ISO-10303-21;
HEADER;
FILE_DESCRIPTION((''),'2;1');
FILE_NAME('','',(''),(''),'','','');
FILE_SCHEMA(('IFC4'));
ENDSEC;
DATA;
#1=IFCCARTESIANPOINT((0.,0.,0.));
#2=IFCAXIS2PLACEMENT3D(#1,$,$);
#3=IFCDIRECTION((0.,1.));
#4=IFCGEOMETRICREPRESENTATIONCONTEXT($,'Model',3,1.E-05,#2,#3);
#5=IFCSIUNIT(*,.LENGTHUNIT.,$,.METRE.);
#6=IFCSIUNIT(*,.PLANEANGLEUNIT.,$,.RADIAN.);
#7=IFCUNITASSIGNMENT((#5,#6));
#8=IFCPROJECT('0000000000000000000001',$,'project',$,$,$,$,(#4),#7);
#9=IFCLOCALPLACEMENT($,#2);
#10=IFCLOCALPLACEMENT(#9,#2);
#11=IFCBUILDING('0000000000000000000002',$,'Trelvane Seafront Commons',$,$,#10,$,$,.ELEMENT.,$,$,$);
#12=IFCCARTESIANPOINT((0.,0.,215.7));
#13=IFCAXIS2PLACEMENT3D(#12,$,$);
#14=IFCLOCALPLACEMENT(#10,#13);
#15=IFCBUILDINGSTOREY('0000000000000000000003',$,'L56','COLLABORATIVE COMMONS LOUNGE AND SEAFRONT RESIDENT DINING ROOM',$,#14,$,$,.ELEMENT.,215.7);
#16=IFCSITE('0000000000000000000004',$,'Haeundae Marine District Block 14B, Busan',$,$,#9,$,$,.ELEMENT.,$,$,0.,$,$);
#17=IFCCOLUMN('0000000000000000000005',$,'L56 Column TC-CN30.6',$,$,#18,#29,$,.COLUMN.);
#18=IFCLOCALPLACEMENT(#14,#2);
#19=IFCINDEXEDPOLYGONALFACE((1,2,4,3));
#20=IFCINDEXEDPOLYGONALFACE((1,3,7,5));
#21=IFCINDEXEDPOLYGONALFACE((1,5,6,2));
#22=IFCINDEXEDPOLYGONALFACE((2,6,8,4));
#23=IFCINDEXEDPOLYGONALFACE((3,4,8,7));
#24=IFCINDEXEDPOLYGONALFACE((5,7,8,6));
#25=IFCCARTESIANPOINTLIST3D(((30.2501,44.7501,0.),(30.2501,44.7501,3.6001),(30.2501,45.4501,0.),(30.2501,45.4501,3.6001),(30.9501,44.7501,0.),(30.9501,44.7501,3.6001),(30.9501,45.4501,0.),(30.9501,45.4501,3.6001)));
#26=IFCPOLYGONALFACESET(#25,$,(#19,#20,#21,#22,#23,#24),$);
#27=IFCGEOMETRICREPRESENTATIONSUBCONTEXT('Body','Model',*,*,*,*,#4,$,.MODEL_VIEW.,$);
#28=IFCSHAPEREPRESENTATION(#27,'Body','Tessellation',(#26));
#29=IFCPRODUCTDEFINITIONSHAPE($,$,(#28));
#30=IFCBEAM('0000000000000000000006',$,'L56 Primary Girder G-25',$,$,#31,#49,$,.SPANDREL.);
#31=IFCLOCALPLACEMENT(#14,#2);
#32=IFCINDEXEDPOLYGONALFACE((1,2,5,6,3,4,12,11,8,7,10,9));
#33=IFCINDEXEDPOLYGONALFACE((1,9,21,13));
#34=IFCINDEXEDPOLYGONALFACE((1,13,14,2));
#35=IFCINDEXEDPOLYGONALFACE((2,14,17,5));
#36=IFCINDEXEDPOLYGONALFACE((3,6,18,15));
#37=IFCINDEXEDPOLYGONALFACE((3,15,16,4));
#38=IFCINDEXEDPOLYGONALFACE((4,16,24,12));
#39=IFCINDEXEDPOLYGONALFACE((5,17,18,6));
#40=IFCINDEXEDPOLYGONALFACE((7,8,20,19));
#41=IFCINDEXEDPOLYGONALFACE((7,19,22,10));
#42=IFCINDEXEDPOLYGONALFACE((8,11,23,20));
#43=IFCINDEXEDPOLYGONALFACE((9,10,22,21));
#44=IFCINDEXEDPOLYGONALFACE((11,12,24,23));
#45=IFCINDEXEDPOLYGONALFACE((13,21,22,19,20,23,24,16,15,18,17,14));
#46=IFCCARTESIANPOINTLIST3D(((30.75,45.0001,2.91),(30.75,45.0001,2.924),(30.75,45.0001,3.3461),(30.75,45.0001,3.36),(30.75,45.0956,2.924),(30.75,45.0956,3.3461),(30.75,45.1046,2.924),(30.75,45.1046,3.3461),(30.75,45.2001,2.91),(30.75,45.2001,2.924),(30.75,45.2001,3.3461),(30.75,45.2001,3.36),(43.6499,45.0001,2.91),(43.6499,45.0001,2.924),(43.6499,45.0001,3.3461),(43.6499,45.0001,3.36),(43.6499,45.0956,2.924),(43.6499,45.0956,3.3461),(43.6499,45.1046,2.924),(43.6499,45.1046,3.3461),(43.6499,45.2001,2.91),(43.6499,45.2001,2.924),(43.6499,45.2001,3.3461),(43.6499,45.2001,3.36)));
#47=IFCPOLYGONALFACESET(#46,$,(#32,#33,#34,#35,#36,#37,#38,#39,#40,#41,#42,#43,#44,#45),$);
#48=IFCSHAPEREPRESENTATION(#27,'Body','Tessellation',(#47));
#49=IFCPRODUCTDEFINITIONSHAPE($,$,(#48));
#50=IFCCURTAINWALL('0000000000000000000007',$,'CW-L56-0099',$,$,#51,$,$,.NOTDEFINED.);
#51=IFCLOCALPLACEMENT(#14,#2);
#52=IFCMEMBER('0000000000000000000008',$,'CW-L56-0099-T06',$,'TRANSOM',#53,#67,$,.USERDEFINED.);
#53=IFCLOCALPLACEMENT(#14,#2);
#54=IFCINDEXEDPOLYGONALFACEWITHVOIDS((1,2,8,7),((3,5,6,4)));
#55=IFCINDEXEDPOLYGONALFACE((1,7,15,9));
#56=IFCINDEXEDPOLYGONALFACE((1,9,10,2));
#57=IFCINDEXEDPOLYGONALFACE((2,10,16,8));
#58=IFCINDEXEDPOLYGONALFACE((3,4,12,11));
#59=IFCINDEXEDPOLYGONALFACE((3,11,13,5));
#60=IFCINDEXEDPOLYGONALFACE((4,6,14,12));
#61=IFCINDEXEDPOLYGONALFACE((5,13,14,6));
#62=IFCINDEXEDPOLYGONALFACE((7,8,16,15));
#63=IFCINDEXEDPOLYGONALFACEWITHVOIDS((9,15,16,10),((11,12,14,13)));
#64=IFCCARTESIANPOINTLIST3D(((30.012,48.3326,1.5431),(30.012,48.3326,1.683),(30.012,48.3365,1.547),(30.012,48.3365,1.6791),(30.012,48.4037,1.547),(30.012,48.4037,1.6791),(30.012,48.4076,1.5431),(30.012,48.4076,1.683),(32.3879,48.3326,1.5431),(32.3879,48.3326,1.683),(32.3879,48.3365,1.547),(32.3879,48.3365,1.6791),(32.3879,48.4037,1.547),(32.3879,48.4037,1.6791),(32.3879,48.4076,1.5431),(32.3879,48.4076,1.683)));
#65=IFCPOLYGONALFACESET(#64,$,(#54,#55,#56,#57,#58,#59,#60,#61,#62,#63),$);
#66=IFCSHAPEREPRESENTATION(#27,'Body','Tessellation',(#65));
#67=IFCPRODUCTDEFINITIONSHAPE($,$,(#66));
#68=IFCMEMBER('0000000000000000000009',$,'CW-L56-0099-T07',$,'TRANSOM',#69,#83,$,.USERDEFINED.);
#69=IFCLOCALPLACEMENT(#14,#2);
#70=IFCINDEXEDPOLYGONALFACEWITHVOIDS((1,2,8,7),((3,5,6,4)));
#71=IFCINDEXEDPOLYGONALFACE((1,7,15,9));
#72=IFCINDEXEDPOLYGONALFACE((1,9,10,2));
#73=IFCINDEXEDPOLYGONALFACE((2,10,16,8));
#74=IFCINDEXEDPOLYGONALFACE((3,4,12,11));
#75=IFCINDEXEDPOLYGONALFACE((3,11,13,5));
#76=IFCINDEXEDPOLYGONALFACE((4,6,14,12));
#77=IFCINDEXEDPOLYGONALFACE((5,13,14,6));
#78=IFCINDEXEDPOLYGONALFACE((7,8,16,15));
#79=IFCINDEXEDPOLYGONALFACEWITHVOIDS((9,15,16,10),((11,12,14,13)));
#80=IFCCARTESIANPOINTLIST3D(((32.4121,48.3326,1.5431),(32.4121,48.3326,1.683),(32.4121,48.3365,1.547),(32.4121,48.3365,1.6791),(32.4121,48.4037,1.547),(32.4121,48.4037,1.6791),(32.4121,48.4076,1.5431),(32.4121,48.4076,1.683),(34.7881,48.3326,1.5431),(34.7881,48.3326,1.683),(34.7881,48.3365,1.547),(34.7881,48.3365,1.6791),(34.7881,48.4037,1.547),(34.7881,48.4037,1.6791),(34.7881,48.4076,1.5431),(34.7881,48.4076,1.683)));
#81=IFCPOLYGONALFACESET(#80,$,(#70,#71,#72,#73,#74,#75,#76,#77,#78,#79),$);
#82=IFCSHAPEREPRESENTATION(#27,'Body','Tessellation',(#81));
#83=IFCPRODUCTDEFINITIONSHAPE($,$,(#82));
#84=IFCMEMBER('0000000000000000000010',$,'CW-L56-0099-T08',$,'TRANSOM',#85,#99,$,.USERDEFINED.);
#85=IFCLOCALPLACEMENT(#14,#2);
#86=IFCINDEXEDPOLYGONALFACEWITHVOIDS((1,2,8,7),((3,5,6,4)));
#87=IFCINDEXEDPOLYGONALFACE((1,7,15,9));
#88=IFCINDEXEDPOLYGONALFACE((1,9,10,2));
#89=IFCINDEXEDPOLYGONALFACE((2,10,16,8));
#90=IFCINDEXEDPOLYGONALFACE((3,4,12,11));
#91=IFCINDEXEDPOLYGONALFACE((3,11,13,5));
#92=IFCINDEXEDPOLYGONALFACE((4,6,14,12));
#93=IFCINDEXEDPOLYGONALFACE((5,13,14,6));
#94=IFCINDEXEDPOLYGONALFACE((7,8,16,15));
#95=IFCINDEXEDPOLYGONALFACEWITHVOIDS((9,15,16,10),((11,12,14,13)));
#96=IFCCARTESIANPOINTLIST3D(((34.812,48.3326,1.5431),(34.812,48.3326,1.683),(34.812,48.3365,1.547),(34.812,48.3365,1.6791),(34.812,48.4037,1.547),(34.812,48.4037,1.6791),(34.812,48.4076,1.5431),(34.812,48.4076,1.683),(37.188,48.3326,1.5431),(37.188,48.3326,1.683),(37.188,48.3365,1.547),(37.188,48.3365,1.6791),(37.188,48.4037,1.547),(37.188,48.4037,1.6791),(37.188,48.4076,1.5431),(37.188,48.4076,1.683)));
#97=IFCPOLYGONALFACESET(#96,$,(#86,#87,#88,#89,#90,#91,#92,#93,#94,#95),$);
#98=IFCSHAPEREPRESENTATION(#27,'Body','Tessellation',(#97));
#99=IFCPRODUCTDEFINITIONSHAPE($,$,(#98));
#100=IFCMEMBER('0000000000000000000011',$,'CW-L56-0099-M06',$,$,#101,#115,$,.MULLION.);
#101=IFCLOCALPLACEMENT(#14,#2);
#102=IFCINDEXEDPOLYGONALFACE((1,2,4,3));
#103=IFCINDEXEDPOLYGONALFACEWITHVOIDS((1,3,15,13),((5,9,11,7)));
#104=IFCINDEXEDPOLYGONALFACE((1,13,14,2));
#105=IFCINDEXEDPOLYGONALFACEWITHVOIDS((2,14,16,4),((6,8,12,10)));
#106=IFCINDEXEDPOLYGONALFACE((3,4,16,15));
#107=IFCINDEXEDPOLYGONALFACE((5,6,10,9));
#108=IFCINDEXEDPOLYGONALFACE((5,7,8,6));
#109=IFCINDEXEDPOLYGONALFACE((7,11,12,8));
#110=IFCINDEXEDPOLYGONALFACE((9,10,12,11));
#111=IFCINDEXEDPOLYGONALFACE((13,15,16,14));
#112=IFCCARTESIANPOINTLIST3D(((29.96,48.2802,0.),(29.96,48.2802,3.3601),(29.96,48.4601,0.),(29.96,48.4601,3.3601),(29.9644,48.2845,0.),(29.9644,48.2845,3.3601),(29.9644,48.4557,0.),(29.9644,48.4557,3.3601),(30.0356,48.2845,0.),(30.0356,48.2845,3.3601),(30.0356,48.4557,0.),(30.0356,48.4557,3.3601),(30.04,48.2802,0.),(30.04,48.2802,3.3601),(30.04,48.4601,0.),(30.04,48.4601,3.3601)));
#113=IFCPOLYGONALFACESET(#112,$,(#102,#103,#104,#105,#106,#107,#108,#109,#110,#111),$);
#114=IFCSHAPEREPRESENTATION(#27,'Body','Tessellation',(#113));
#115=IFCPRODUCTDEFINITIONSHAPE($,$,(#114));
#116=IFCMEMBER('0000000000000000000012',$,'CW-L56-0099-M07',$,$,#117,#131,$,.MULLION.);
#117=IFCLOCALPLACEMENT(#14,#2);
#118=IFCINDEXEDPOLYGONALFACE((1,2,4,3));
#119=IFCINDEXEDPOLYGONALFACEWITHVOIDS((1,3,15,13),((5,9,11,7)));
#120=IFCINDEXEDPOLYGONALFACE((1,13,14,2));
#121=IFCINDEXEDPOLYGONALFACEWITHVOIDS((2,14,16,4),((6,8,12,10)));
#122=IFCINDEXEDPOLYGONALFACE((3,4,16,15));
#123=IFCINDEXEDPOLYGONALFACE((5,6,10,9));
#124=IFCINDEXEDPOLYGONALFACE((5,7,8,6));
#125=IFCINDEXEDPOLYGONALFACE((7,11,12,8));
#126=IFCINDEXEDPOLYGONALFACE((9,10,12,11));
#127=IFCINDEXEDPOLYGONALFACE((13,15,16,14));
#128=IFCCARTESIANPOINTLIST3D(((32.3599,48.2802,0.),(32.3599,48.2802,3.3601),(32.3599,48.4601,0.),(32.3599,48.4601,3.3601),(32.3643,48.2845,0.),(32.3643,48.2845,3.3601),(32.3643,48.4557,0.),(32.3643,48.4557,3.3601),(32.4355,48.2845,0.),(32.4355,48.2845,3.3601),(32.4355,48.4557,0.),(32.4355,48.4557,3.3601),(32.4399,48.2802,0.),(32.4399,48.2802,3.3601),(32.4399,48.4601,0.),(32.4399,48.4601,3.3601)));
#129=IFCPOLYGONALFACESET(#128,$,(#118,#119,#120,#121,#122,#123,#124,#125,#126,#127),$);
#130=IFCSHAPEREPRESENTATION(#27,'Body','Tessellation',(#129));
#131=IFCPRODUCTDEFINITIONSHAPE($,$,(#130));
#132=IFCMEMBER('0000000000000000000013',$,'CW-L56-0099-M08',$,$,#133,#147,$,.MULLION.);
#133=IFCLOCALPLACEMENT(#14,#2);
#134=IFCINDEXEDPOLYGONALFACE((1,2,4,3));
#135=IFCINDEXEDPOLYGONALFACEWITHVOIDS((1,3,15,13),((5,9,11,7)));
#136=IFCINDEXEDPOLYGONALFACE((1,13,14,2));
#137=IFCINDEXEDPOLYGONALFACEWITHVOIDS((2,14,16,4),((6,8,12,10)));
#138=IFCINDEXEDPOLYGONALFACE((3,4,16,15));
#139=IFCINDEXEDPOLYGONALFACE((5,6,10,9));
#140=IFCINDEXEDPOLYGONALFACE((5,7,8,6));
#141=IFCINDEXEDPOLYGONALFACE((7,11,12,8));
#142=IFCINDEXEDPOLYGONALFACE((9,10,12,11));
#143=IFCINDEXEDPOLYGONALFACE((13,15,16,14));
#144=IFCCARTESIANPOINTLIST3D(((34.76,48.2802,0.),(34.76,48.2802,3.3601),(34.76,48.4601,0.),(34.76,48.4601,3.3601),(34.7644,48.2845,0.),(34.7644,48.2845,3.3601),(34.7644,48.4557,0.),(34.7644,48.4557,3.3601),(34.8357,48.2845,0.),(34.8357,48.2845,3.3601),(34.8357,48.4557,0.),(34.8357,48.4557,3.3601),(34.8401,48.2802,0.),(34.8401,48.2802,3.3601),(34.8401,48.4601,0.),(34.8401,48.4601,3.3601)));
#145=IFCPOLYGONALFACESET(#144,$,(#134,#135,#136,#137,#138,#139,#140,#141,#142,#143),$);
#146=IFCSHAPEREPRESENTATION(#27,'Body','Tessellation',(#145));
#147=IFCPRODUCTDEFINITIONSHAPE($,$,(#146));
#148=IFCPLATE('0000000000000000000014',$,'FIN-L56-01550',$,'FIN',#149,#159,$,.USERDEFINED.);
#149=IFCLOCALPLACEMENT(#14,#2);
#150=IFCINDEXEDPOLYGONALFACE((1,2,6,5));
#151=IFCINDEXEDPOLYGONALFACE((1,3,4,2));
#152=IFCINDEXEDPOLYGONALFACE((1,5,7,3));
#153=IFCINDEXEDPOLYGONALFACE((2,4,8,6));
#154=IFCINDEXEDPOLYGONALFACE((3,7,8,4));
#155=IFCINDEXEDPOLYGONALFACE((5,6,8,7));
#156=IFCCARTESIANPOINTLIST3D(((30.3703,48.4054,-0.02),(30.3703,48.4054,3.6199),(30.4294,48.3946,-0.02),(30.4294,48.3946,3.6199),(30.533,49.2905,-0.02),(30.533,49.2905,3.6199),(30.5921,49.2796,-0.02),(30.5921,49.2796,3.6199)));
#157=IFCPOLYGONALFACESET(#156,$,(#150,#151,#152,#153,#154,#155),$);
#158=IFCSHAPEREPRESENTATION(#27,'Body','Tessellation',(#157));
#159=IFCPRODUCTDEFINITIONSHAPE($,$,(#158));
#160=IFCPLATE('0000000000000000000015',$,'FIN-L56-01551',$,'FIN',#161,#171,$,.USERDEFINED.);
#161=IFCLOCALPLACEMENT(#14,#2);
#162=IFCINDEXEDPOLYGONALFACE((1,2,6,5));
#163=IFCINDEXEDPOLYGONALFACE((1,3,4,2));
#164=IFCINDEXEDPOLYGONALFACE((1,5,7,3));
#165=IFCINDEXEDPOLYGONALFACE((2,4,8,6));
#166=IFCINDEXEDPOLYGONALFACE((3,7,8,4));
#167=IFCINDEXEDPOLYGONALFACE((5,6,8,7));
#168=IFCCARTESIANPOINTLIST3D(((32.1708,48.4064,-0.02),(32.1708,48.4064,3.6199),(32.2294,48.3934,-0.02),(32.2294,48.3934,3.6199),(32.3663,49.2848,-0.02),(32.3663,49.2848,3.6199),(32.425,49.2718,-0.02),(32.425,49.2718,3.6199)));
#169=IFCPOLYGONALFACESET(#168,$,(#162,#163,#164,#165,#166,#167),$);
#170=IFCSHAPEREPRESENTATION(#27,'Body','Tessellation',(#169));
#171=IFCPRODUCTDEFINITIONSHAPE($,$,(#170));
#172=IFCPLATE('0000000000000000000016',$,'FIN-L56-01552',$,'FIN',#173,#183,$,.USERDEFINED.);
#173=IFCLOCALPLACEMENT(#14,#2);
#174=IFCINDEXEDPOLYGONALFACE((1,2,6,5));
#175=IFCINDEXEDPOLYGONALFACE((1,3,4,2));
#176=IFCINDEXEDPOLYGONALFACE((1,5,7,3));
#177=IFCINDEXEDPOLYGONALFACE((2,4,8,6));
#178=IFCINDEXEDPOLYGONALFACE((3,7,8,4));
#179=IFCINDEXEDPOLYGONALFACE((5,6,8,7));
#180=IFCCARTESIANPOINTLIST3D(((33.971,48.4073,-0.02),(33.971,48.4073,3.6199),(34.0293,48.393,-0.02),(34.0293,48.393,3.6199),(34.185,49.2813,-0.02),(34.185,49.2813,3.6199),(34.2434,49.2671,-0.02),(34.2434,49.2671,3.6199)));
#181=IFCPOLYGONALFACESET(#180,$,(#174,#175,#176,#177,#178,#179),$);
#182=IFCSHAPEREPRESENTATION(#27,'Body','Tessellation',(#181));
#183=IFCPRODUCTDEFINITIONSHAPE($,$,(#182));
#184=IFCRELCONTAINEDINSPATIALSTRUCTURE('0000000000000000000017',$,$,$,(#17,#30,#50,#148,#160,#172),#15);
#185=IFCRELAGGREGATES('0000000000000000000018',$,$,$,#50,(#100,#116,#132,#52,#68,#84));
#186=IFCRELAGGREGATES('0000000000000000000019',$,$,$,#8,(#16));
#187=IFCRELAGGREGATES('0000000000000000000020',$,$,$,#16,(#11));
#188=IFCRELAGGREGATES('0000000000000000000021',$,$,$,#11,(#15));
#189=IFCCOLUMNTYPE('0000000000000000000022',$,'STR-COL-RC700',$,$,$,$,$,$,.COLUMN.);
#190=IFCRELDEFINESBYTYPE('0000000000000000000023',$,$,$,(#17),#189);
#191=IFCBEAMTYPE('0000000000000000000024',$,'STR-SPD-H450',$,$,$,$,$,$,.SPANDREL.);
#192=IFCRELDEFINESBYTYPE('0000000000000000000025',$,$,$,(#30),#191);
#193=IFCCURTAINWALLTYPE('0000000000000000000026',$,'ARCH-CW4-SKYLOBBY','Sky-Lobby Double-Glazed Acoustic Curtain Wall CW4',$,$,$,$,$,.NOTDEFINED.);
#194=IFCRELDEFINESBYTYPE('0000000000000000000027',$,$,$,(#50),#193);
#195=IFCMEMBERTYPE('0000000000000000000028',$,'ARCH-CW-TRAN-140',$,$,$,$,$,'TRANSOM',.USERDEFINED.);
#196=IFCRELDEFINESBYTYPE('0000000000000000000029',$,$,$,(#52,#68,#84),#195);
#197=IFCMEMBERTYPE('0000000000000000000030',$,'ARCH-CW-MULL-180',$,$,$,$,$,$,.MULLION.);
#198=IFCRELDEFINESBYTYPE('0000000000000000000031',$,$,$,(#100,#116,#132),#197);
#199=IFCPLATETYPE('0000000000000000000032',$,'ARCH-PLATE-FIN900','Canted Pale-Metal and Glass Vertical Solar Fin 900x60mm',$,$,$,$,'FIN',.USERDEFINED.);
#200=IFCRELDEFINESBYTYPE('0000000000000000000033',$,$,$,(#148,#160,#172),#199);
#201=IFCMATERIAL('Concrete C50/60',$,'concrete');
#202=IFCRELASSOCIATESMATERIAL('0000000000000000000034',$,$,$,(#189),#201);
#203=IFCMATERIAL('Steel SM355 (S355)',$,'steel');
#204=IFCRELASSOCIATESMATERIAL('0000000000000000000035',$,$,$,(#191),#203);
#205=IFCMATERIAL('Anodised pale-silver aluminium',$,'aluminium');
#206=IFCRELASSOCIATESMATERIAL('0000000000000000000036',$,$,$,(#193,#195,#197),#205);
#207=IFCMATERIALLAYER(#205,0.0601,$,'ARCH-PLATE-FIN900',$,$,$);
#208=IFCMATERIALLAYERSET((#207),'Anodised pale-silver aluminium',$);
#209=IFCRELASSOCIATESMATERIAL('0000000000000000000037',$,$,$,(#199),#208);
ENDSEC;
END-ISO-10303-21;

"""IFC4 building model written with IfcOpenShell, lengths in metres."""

from ifc_helpers import new_model, si_unit, direction, frame, origin, origin_2d, place, context, subcontext, project, spatial, rectangle, hollow_rectangle, i_section, extrude, source, transform, mapped, material, layer, layer_set, material_profile, profile_set, type_object, element, aggregate, save


model = new_model("IFC4")

# Units and contexts
model_context = context("Model", 3, precision=1e-05, world=origin(), true_north=direction((0.0, 1.0)))
body_context = subcontext(model_context, "Body", "Model", "MODEL_VIEW")
ifc_project = project(units=[si_unit("LENGTHUNIT", "METRE"), si_unit("PLANEANGLEUNIT", "RADIAN")], contexts=[model_context])

# Site, building, storey
site_placement = place(None, origin())
site = spatial("IfcSite", under=ifc_project, at=site_placement, Name="Haeundae Marine District Block 14B, Busan", CompositionType="ELEMENT", RefElevation=0.0)
building_placement = place(site_placement, origin())
building = spatial("IfcBuilding", under=site, at=building_placement, Name="Trelvane Seafront Commons", CompositionType="ELEMENT")
storey_placement = place(building_placement, frame((0.0, 0.0, 215.7)))
storey = spatial("IfcBuildingStorey", under=building, at=storey_placement, Name="L56", Description="COLLABORATIVE COMMONS LOUNGE AND SEAFRONT RESIDENT DINING ROOM", CompositionType="ELEMENT", Elevation=215.7)

# Column
ifc_material_1 = material(Name="Concrete C50/60", Category="concrete")
ifc_material_profile_1 = material_profile(ifc_material_1, rectangle(XDim=0.7, YDim=0.7, at=origin_2d()), Name="RC-700x700")
ifc_profile_set_1 = profile_set([ifc_material_profile_1], Name="Concrete C50/60")
column_type = type_object("IfcColumnType", Name="STR-COL-RC700", PredefinedType="COLUMN", material=ifc_profile_set_1)
shared_shape_1 = source(origin(), body_context, "Body", "SweptSolid", [
    extrude(rectangle(XDim=0.7, YDim=0.7, at=origin_2d()), origin(), (0.0, 0.0, 1.0), 3.6001),
])
column_placement = place(storey_placement, frame((30.6001, 45.1001, 0.0), z_axis=(0.0, 0.0, 1.0), x_axis=(1.0, 0.0, 0.0)))
element("IfcColumn", 1, at=column_placement, inside=storey, type_object=column_type, Name="L56 Column TC-CN30.6", PredefinedType="COLUMN", context=body_context, shape_type="MappedRepresentation", body=[
    mapped(shared_shape_1, transform((0.0, 0.0, 0.0), x_axis=(1.0, 0.0, 0.0), y_axis=(0.0, 1.0, 0.0), z_axis=(0.0, 0.0, 1.0), scale=1.0)),
])

# Beam
ifc_material_2 = material(Name="Steel SM355 (S355)", Category="steel")
ifc_material_profile_2 = material_profile(ifc_material_2, i_section(OverallWidth=0.2, OverallDepth=0.45, WebThickness=0.009, FlangeThickness=0.0139, at=origin_2d()), Name="H-450x200x9x14")
ifc_profile_set_2 = profile_set([ifc_material_profile_2], Name="Steel SM355 (S355)")
beam_type = type_object("IfcBeamType", Name="STR-SPD-H450", PredefinedType="SPANDREL", material=ifc_profile_set_2)
shared_shape_2 = source(origin(), body_context, "Body", "SweptSolid", [
    extrude(i_section(OverallWidth=0.2, OverallDepth=0.45, WebThickness=0.009, FlangeThickness=0.0139, at=origin_2d()), origin(), (0.0, 0.0, 1.0), 12.8999),
])
beam_placement = place(storey_placement, frame((30.75, 45.1001, 3.135), z_axis=(1.0, 0.0, 0.0), x_axis=(0.0, 1.0, 0.0)))
element("IfcBeam", 2, at=beam_placement, inside=storey, type_object=beam_type, Name="L56 Primary Girder G-25", PredefinedType="SPANDREL", context=body_context, shape_type="MappedRepresentation", body=[
    mapped(shared_shape_2, transform((0.0, 0.0, 0.0), x_axis=(1.0, 0.0, 0.0), y_axis=(0.0, 1.0, 0.0), z_axis=(0.0, 0.0, 1.0), scale=1.0)),
])

# Curtain wall, members
ifc_material_3 = material(Name="Anodised pale-silver aluminium", Category="aluminium")
curtain_wall_type = type_object("IfcCurtainWallType", Name="ARCH-CW4-SKYLOBBY", Description="Sky-Lobby Double-Glazed Acoustic Curtain Wall CW4", PredefinedType="NOTDEFINED", material=ifc_material_3)
curtain_wall_placement = place(storey_placement, origin())
curtain_wall = element("IfcCurtainWall", 3, at=curtain_wall_placement, inside=storey, type_object=curtain_wall_type, Name="CW-L56-0099", PredefinedType="NOTDEFINED")
ifc_material_profile_3 = material_profile(ifc_material_3, hollow_rectangle(XDim=0.075, YDim=0.1399, WallThickness=0.0039, at=origin_2d()), Name="TRAN-75x140x4")
ifc_profile_set_3 = profile_set([ifc_material_profile_3], Name="Anodised pale-silver aluminium")
member_type_1 = type_object("IfcMemberType", Name="ARCH-CW-TRAN-140", ElementType="TRANSOM", PredefinedType="USERDEFINED", material=ifc_profile_set_3)
shared_shape_3 = source(origin(), body_context, "Body", "SweptSolid", [
    extrude(hollow_rectangle(XDim=0.075, YDim=0.1399, WallThickness=0.0039, at=origin_2d()), origin(), (0.0, 0.0, 1.0), 2.376),
])
member_1_placement = place(storey_placement, frame((30.012, 48.3701, 1.613), z_axis=(1.0, 0.0, 0.0), x_axis=(0.0, 1.0, 0.0)))
member_1 = element("IfcMember", 4, at=member_1_placement, type_object=member_type_1, Name="CW-L56-0099-T06", ObjectType="TRANSOM", PredefinedType="USERDEFINED", context=body_context, shape_type="MappedRepresentation", body=[
    mapped(shared_shape_3, transform((0.0, 0.0, 0.0), x_axis=(1.0, 0.0, 0.0), y_axis=(0.0, 1.0, 0.0), z_axis=(0.0, 0.0, 1.0), scale=1.0)),
])
member_2_placement = place(storey_placement, frame((32.4121, 48.3701, 1.613), z_axis=(1.0, 0.0, 0.0), x_axis=(0.0, 1.0, 0.0)))
member_2 = element("IfcMember", 5, at=member_2_placement, type_object=member_type_1, Name="CW-L56-0099-T07", ObjectType="TRANSOM", PredefinedType="USERDEFINED", context=body_context, shape_type="MappedRepresentation", body=[
    mapped(shared_shape_3, transform((0.0, 0.0, 0.0), x_axis=(1.0, 0.0, 0.0), y_axis=(0.0, 1.0, 0.0), z_axis=(0.0, 0.0, 1.0), scale=1.0)),
])
member_3_placement = place(storey_placement, frame((34.812, 48.3701, 1.613), z_axis=(1.0, 0.0, 0.0), x_axis=(0.0, 1.0, 0.0)))
member_3 = element("IfcMember", 6, at=member_3_placement, type_object=member_type_1, Name="CW-L56-0099-T08", ObjectType="TRANSOM", PredefinedType="USERDEFINED", context=body_context, shape_type="MappedRepresentation", body=[
    mapped(shared_shape_3, transform((0.0, 0.0, 0.0), x_axis=(1.0, 0.0, 0.0), y_axis=(0.0, 1.0, 0.0), z_axis=(0.0, 0.0, 1.0), scale=1.0)),
])
ifc_material_profile_4 = material_profile(ifc_material_3, hollow_rectangle(XDim=0.0801, YDim=0.1799, WallThickness=0.0044, at=origin_2d()), Name="MULL-80x180x4.5")
ifc_profile_set_4 = profile_set([ifc_material_profile_4], Name="Anodised pale-silver aluminium")
member_type_2 = type_object("IfcMemberType", Name="ARCH-CW-MULL-180", PredefinedType="MULLION", material=ifc_profile_set_4)
shared_shape_4 = source(origin(), body_context, "Body", "SweptSolid", [
    extrude(hollow_rectangle(XDim=0.0801, YDim=0.1799, WallThickness=0.0044, at=origin_2d()), origin(), (0.0, 0.0, 1.0), 3.3601),
])
member_4_placement = place(storey_placement, frame((30.0, 48.3701, 0.0), z_axis=(0.0, 0.0, 1.0), x_axis=(1.0, 0.0, 0.0)))
member_4 = element("IfcMember", 7, at=member_4_placement, type_object=member_type_2, Name="CW-L56-0099-M06", PredefinedType="MULLION", context=body_context, shape_type="MappedRepresentation", body=[
    mapped(shared_shape_4, transform((0.0, 0.0, 0.0), x_axis=(1.0, 0.0, 0.0), y_axis=(0.0, 1.0, 0.0), z_axis=(0.0, 0.0, 1.0), scale=1.0)),
])
member_5_placement = place(storey_placement, frame((32.3999, 48.3701, 0.0), z_axis=(0.0, 0.0, 1.0), x_axis=(1.0, 0.0, 0.0)))
member_5 = element("IfcMember", 8, at=member_5_placement, type_object=member_type_2, Name="CW-L56-0099-M07", PredefinedType="MULLION", context=body_context, shape_type="MappedRepresentation", body=[
    mapped(shared_shape_4, transform((0.0, 0.0, 0.0), x_axis=(1.0, 0.0, 0.0), y_axis=(0.0, 1.0, 0.0), z_axis=(0.0, 0.0, 1.0), scale=1.0)),
])
member_6_placement = place(storey_placement, frame((34.8, 48.3701, 0.0), z_axis=(0.0, 0.0, 1.0), x_axis=(1.0, 0.0, 0.0)))
member_6 = element("IfcMember", 9, at=member_6_placement, type_object=member_type_2, Name="CW-L56-0099-M08", PredefinedType="MULLION", context=body_context, shape_type="MappedRepresentation", body=[
    mapped(shared_shape_4, transform((0.0, 0.0, 0.0), x_axis=(1.0, 0.0, 0.0), y_axis=(0.0, 1.0, 0.0), z_axis=(0.0, 0.0, 1.0), scale=1.0)),
])

# Plates
ifc_layer_1 = layer(ifc_material_3, 0.0601, Name="ARCH-PLATE-FIN900")
ifc_layer_set_1 = layer_set([ifc_layer_1], Name="Anodised pale-silver aluminium")
plate_type_1 = type_object("IfcPlateType", Name="ARCH-PLATE-FIN900", Description="Canted Pale-Metal and Glass Vertical Solar Fin 900x60mm", ElementType="FIN", PredefinedType="USERDEFINED", material=ifc_layer_set_1)
shared_shape_5 = source(origin(), body_context, "Body", "SweptSolid", [
    extrude(rectangle(XDim=0.8999, YDim=0.0601, at=origin_2d()), origin(), (0.0, 0.0, 1.0), 3.6399),
])
for number, where, z_axis, x_axis, name in (
    (10, (30.4812, 48.8425, -0.02), (0.0, 0.0, 1.0), (0.180771, 0.983525, 0.0), "FIN-L56-01550"),
    (11, (32.2979, 48.8391, -0.02), (0.0, 0.0, 1.0), (0.217331, 0.976098, 0.0), "FIN-L56-01551"),
    (12, (34.1072, 48.8372, -0.02), (0.0, 0.0, 1.0), (0.237879, 0.971295, 0.0), "FIN-L56-01552"),
):
    element("IfcPlate", number, at=place(storey_placement, frame(where, z_axis=z_axis, x_axis=x_axis)), inside=storey, type_object=plate_type_1, Name=name, ObjectType="FIN", PredefinedType="USERDEFINED", context=body_context, shape_type="MappedRepresentation", body=[
        mapped(shared_shape_5, transform((0.0, 0.0, 0.0), x_axis=(1.0, 0.0, 0.0), y_axis=(0.0, 1.0, 0.0), z_axis=(0.0, 0.0, 1.0), scale=1.0)),
    ])

aggregate(curtain_wall, [member_4, member_5, member_6, member_1, member_2, member_3])

save(model, "model.ifc")
